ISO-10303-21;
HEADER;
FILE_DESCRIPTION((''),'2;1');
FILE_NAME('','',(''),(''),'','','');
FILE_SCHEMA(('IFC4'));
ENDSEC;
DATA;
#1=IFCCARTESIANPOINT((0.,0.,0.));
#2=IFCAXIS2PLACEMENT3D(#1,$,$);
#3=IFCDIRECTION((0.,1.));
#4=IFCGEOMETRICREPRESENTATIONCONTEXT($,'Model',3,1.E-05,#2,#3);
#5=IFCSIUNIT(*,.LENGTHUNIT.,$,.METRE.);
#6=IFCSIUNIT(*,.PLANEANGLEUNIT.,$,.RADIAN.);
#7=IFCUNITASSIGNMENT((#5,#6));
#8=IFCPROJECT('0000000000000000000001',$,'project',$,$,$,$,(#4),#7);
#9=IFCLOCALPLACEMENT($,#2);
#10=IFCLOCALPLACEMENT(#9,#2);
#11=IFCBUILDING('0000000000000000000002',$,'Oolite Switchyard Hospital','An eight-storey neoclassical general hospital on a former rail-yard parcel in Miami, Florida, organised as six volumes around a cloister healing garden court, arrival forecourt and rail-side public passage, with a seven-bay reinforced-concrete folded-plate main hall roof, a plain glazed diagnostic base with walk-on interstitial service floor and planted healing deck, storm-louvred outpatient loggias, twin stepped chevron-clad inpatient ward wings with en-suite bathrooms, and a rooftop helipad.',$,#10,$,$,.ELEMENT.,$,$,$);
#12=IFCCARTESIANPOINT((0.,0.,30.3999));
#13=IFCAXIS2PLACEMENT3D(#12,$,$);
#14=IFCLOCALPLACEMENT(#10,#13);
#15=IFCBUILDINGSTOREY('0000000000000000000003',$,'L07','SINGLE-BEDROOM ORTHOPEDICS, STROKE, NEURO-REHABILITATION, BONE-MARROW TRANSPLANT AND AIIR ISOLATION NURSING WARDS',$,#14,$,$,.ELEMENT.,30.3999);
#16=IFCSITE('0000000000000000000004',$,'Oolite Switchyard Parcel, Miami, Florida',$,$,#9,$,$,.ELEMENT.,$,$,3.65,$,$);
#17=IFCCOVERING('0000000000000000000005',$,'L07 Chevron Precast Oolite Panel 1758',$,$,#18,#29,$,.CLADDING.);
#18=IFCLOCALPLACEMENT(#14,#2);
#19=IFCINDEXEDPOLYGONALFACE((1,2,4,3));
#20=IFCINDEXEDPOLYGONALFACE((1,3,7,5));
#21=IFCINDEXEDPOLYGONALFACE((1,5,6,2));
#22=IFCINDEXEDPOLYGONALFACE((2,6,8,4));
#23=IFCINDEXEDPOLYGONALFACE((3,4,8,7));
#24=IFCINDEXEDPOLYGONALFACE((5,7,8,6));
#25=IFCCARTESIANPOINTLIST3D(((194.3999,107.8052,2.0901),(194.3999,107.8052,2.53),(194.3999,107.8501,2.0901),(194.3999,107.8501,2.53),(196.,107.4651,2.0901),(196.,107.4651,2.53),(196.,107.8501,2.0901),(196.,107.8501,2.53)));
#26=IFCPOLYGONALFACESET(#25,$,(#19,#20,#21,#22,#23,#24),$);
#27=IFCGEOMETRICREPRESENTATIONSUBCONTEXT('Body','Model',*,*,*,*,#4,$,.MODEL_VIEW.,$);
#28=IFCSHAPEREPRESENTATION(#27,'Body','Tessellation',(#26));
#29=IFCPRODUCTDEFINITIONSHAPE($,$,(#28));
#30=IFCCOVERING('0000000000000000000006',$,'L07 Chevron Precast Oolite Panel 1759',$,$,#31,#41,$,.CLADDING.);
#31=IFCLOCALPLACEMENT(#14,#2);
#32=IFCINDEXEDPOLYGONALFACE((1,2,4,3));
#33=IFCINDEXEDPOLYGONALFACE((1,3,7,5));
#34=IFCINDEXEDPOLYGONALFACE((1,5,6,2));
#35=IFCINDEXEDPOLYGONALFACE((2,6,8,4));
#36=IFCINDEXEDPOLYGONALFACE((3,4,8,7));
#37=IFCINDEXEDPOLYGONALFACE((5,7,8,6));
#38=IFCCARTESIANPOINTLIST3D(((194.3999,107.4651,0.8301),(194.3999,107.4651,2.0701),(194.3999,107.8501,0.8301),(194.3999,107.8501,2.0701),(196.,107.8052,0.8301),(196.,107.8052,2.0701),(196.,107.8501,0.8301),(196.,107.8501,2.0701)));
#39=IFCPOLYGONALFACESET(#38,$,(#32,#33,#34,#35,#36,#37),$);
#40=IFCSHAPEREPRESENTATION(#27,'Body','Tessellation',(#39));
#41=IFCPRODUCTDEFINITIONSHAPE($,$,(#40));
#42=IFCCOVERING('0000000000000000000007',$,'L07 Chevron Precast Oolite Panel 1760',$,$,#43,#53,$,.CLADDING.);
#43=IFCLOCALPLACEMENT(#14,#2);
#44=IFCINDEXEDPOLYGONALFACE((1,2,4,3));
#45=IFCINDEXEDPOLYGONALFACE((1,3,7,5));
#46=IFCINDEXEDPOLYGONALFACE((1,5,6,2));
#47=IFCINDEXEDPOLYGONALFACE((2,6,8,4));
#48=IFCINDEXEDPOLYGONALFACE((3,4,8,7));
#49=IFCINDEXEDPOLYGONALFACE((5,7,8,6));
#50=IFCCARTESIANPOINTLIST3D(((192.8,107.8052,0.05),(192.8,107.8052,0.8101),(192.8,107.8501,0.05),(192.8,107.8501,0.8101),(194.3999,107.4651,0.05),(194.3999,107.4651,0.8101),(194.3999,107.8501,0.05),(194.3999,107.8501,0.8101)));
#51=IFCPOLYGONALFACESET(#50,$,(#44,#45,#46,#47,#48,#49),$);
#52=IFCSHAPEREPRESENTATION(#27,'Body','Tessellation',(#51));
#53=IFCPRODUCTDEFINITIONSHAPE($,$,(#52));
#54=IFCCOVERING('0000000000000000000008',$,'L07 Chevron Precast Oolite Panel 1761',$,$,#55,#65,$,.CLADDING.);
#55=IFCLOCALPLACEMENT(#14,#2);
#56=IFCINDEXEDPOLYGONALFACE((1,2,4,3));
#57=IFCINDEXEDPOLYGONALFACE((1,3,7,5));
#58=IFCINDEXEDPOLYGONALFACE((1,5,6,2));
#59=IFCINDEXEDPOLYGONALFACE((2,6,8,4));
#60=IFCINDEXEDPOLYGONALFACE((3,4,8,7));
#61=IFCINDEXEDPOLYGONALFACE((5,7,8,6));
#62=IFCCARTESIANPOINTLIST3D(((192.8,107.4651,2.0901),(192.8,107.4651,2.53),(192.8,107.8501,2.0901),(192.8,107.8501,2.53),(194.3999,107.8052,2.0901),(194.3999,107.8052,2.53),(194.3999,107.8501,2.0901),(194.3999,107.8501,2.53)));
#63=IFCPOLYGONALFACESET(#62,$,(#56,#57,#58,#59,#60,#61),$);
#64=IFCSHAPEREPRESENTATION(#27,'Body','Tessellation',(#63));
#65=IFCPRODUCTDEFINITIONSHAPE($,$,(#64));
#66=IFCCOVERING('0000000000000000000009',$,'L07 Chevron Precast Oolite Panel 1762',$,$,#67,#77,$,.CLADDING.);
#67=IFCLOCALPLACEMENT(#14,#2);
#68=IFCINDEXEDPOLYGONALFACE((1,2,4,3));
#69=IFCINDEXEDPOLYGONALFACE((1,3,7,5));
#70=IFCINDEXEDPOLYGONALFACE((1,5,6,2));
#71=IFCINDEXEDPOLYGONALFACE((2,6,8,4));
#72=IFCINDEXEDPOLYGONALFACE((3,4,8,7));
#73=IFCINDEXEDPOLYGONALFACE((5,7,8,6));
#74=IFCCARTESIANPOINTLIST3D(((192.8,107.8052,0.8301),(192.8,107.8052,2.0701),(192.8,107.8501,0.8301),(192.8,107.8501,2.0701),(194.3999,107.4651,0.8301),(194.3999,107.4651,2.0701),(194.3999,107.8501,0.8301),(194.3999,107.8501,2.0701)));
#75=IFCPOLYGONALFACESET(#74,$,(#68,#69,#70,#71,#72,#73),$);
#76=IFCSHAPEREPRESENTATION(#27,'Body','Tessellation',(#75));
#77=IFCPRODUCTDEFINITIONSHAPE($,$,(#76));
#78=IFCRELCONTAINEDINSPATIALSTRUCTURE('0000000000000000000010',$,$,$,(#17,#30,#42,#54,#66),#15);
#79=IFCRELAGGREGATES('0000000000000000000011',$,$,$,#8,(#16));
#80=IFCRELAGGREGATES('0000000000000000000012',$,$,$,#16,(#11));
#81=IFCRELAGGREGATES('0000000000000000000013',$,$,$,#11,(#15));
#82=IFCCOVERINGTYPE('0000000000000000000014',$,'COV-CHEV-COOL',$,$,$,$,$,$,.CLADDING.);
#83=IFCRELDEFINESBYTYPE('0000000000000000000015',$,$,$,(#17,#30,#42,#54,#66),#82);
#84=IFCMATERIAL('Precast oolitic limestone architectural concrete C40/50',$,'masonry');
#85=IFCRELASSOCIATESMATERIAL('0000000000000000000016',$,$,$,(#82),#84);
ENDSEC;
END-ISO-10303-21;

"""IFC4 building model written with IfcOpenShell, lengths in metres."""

from ifc_helpers import new_model, si_unit, direction, frame, origin, place, context, subcontext, project, spatial, polyline, outline, extrude, material, type_object, element, save


model = new_model("IFC4")

# Units and contexts
model_context = context("Model", 3, precision=1e-05, world=origin(), true_north=direction((0.0, 1.0)))
body_context = subcontext(model_context, "Body", "Model", "MODEL_VIEW")
ifc_project = project(units=[si_unit("LENGTHUNIT", "METRE"), si_unit("PLANEANGLEUNIT", "RADIAN")], contexts=[model_context])

# Site, building, storey
site_placement = place(None, origin())
site = spatial("IfcSite", under=ifc_project, at=site_placement, Name="Oolite Switchyard Parcel, Miami, Florida", CompositionType="ELEMENT", RefElevation=3.65)
building_placement = place(site_placement, origin())
building = spatial("IfcBuilding", under=site, at=building_placement, Name="Oolite Switchyard Hospital", Description="An eight-storey neoclassical general hospital on a former rail-yard parcel in Miami, Florida, organised as six volumes around a cloister healing garden court, arrival forecourt and rail-side public passage, with a seven-bay reinforced-concrete folded-plate main hall roof, a plain glazed diagnostic base with walk-on interstitial service floor and planted healing deck, storm-louvred outpatient loggias, twin stepped chevron-clad inpatient ward wings with en-suite bathrooms, and a rooftop helipad.", CompositionType="ELEMENT")
storey_placement = place(building_placement, frame((0.0, 0.0, 30.3999)))
storey = spatial("IfcBuildingStorey", under=building, at=storey_placement, Name="L07", Description="SINGLE-BEDROOM ORTHOPEDICS, STROKE, NEURO-REHABILITATION, BONE-MARROW TRANSPLANT AND AIIR ISOLATION NURSING WARDS", CompositionType="ELEMENT", Elevation=30.3999)

# Shared definitions
ifc_material_1 = material(Name="Precast oolitic limestone architectural concrete C40/50", Category="masonry")

# Coverings
covering_type = type_object("IfcCoveringType", Name="COV-CHEV-COOL", PredefinedType="CLADDING", material=ifc_material_1)
covering_1_placement = place(storey_placement, frame((196.0, 107.8501, 2.0901), z_axis=(0.0, 0.0, 1.0), x_axis=(-1.0, 0.0, 0.0)))
element("IfcCovering", 1, at=covering_1_placement, inside=storey, type_object=covering_type, Name="L07 Chevron Precast Oolite Panel 1758", PredefinedType="CLADDING", context=body_context, shape_type="SweptSolid", body=[
    extrude(outline(polyline([(0.0, 0.0), (1.6001, 0.0), (1.6001, 0.0449), (0.0, 0.385), (0.0, 0.0)])), origin(), (0.0, 0.0, 1.0), 0.4399),
])
covering_2_placement = place(storey_placement, frame((196.0, 107.8501, 0.8301), z_axis=(0.0, 0.0, 1.0), x_axis=(-1.0, 0.0, 0.0)))
element("IfcCovering", 2, at=covering_2_placement, inside=storey, type_object=covering_type, Name="L07 Chevron Precast Oolite Panel 1759", PredefinedType="CLADDING", context=body_context, shape_type="SweptSolid", body=[
    extrude(outline(polyline([(0.0, 0.0), (1.6001, 0.0), (1.6001, 0.385), (0.0, 0.0449), (0.0, 0.0)])), origin(), (0.0, 0.0, 1.0), 1.24),
])
covering_3_placement = place(storey_placement, frame((194.3999, 107.8501, 0.05), z_axis=(0.0, 0.0, 1.0), x_axis=(-1.0, 0.0, 0.0)))
element("IfcCovering", 3, at=covering_3_placement, inside=storey, type_object=covering_type, Name="L07 Chevron Precast Oolite Panel 1760", PredefinedType="CLADDING", context=body_context, shape_type="SweptSolid", body=[
    extrude(outline(polyline([(0.0, 0.0), (1.5999, 0.0), (1.5999, 0.0449), (0.0, 0.385), (0.0, 0.0)])), origin(), (0.0, 0.0, 1.0), 0.76),
])
covering_4_placement = place(storey_placement, frame((194.3999, 107.8501, 2.0901), z_axis=(0.0, 0.0, 1.0), x_axis=(-1.0, 0.0, 0.0)))
element("IfcCovering", 4, at=covering_4_placement, inside=storey, type_object=covering_type, Name="L07 Chevron Precast Oolite Panel 1761", PredefinedType="CLADDING", context=body_context, shape_type="SweptSolid", body=[
    extrude(outline(polyline([(0.0, 0.0), (1.5999, 0.0), (1.5999, 0.385), (0.0, 0.0449), (0.0, 0.0)])), origin(), (0.0, 0.0, 1.0), 0.4399),
])
covering_5_placement = place(storey_placement, frame((194.3999, 107.8501, 0.8301), z_axis=(0.0, 0.0, 1.0), x_axis=(-1.0, 0.0, 0.0)))
element("IfcCovering", 5, at=covering_5_placement, inside=storey, type_object=covering_type, Name="L07 Chevron Precast Oolite Panel 1762", PredefinedType="CLADDING", context=body_context, shape_type="SweptSolid", body=[
    extrude(outline(polyline([(0.0, 0.0), (1.5999, 0.0), (1.5999, 0.0449), (0.0, 0.385), (0.0, 0.0)])), origin(), (0.0, 0.0, 1.0), 1.24),
])

save(model, "model.ifc")
